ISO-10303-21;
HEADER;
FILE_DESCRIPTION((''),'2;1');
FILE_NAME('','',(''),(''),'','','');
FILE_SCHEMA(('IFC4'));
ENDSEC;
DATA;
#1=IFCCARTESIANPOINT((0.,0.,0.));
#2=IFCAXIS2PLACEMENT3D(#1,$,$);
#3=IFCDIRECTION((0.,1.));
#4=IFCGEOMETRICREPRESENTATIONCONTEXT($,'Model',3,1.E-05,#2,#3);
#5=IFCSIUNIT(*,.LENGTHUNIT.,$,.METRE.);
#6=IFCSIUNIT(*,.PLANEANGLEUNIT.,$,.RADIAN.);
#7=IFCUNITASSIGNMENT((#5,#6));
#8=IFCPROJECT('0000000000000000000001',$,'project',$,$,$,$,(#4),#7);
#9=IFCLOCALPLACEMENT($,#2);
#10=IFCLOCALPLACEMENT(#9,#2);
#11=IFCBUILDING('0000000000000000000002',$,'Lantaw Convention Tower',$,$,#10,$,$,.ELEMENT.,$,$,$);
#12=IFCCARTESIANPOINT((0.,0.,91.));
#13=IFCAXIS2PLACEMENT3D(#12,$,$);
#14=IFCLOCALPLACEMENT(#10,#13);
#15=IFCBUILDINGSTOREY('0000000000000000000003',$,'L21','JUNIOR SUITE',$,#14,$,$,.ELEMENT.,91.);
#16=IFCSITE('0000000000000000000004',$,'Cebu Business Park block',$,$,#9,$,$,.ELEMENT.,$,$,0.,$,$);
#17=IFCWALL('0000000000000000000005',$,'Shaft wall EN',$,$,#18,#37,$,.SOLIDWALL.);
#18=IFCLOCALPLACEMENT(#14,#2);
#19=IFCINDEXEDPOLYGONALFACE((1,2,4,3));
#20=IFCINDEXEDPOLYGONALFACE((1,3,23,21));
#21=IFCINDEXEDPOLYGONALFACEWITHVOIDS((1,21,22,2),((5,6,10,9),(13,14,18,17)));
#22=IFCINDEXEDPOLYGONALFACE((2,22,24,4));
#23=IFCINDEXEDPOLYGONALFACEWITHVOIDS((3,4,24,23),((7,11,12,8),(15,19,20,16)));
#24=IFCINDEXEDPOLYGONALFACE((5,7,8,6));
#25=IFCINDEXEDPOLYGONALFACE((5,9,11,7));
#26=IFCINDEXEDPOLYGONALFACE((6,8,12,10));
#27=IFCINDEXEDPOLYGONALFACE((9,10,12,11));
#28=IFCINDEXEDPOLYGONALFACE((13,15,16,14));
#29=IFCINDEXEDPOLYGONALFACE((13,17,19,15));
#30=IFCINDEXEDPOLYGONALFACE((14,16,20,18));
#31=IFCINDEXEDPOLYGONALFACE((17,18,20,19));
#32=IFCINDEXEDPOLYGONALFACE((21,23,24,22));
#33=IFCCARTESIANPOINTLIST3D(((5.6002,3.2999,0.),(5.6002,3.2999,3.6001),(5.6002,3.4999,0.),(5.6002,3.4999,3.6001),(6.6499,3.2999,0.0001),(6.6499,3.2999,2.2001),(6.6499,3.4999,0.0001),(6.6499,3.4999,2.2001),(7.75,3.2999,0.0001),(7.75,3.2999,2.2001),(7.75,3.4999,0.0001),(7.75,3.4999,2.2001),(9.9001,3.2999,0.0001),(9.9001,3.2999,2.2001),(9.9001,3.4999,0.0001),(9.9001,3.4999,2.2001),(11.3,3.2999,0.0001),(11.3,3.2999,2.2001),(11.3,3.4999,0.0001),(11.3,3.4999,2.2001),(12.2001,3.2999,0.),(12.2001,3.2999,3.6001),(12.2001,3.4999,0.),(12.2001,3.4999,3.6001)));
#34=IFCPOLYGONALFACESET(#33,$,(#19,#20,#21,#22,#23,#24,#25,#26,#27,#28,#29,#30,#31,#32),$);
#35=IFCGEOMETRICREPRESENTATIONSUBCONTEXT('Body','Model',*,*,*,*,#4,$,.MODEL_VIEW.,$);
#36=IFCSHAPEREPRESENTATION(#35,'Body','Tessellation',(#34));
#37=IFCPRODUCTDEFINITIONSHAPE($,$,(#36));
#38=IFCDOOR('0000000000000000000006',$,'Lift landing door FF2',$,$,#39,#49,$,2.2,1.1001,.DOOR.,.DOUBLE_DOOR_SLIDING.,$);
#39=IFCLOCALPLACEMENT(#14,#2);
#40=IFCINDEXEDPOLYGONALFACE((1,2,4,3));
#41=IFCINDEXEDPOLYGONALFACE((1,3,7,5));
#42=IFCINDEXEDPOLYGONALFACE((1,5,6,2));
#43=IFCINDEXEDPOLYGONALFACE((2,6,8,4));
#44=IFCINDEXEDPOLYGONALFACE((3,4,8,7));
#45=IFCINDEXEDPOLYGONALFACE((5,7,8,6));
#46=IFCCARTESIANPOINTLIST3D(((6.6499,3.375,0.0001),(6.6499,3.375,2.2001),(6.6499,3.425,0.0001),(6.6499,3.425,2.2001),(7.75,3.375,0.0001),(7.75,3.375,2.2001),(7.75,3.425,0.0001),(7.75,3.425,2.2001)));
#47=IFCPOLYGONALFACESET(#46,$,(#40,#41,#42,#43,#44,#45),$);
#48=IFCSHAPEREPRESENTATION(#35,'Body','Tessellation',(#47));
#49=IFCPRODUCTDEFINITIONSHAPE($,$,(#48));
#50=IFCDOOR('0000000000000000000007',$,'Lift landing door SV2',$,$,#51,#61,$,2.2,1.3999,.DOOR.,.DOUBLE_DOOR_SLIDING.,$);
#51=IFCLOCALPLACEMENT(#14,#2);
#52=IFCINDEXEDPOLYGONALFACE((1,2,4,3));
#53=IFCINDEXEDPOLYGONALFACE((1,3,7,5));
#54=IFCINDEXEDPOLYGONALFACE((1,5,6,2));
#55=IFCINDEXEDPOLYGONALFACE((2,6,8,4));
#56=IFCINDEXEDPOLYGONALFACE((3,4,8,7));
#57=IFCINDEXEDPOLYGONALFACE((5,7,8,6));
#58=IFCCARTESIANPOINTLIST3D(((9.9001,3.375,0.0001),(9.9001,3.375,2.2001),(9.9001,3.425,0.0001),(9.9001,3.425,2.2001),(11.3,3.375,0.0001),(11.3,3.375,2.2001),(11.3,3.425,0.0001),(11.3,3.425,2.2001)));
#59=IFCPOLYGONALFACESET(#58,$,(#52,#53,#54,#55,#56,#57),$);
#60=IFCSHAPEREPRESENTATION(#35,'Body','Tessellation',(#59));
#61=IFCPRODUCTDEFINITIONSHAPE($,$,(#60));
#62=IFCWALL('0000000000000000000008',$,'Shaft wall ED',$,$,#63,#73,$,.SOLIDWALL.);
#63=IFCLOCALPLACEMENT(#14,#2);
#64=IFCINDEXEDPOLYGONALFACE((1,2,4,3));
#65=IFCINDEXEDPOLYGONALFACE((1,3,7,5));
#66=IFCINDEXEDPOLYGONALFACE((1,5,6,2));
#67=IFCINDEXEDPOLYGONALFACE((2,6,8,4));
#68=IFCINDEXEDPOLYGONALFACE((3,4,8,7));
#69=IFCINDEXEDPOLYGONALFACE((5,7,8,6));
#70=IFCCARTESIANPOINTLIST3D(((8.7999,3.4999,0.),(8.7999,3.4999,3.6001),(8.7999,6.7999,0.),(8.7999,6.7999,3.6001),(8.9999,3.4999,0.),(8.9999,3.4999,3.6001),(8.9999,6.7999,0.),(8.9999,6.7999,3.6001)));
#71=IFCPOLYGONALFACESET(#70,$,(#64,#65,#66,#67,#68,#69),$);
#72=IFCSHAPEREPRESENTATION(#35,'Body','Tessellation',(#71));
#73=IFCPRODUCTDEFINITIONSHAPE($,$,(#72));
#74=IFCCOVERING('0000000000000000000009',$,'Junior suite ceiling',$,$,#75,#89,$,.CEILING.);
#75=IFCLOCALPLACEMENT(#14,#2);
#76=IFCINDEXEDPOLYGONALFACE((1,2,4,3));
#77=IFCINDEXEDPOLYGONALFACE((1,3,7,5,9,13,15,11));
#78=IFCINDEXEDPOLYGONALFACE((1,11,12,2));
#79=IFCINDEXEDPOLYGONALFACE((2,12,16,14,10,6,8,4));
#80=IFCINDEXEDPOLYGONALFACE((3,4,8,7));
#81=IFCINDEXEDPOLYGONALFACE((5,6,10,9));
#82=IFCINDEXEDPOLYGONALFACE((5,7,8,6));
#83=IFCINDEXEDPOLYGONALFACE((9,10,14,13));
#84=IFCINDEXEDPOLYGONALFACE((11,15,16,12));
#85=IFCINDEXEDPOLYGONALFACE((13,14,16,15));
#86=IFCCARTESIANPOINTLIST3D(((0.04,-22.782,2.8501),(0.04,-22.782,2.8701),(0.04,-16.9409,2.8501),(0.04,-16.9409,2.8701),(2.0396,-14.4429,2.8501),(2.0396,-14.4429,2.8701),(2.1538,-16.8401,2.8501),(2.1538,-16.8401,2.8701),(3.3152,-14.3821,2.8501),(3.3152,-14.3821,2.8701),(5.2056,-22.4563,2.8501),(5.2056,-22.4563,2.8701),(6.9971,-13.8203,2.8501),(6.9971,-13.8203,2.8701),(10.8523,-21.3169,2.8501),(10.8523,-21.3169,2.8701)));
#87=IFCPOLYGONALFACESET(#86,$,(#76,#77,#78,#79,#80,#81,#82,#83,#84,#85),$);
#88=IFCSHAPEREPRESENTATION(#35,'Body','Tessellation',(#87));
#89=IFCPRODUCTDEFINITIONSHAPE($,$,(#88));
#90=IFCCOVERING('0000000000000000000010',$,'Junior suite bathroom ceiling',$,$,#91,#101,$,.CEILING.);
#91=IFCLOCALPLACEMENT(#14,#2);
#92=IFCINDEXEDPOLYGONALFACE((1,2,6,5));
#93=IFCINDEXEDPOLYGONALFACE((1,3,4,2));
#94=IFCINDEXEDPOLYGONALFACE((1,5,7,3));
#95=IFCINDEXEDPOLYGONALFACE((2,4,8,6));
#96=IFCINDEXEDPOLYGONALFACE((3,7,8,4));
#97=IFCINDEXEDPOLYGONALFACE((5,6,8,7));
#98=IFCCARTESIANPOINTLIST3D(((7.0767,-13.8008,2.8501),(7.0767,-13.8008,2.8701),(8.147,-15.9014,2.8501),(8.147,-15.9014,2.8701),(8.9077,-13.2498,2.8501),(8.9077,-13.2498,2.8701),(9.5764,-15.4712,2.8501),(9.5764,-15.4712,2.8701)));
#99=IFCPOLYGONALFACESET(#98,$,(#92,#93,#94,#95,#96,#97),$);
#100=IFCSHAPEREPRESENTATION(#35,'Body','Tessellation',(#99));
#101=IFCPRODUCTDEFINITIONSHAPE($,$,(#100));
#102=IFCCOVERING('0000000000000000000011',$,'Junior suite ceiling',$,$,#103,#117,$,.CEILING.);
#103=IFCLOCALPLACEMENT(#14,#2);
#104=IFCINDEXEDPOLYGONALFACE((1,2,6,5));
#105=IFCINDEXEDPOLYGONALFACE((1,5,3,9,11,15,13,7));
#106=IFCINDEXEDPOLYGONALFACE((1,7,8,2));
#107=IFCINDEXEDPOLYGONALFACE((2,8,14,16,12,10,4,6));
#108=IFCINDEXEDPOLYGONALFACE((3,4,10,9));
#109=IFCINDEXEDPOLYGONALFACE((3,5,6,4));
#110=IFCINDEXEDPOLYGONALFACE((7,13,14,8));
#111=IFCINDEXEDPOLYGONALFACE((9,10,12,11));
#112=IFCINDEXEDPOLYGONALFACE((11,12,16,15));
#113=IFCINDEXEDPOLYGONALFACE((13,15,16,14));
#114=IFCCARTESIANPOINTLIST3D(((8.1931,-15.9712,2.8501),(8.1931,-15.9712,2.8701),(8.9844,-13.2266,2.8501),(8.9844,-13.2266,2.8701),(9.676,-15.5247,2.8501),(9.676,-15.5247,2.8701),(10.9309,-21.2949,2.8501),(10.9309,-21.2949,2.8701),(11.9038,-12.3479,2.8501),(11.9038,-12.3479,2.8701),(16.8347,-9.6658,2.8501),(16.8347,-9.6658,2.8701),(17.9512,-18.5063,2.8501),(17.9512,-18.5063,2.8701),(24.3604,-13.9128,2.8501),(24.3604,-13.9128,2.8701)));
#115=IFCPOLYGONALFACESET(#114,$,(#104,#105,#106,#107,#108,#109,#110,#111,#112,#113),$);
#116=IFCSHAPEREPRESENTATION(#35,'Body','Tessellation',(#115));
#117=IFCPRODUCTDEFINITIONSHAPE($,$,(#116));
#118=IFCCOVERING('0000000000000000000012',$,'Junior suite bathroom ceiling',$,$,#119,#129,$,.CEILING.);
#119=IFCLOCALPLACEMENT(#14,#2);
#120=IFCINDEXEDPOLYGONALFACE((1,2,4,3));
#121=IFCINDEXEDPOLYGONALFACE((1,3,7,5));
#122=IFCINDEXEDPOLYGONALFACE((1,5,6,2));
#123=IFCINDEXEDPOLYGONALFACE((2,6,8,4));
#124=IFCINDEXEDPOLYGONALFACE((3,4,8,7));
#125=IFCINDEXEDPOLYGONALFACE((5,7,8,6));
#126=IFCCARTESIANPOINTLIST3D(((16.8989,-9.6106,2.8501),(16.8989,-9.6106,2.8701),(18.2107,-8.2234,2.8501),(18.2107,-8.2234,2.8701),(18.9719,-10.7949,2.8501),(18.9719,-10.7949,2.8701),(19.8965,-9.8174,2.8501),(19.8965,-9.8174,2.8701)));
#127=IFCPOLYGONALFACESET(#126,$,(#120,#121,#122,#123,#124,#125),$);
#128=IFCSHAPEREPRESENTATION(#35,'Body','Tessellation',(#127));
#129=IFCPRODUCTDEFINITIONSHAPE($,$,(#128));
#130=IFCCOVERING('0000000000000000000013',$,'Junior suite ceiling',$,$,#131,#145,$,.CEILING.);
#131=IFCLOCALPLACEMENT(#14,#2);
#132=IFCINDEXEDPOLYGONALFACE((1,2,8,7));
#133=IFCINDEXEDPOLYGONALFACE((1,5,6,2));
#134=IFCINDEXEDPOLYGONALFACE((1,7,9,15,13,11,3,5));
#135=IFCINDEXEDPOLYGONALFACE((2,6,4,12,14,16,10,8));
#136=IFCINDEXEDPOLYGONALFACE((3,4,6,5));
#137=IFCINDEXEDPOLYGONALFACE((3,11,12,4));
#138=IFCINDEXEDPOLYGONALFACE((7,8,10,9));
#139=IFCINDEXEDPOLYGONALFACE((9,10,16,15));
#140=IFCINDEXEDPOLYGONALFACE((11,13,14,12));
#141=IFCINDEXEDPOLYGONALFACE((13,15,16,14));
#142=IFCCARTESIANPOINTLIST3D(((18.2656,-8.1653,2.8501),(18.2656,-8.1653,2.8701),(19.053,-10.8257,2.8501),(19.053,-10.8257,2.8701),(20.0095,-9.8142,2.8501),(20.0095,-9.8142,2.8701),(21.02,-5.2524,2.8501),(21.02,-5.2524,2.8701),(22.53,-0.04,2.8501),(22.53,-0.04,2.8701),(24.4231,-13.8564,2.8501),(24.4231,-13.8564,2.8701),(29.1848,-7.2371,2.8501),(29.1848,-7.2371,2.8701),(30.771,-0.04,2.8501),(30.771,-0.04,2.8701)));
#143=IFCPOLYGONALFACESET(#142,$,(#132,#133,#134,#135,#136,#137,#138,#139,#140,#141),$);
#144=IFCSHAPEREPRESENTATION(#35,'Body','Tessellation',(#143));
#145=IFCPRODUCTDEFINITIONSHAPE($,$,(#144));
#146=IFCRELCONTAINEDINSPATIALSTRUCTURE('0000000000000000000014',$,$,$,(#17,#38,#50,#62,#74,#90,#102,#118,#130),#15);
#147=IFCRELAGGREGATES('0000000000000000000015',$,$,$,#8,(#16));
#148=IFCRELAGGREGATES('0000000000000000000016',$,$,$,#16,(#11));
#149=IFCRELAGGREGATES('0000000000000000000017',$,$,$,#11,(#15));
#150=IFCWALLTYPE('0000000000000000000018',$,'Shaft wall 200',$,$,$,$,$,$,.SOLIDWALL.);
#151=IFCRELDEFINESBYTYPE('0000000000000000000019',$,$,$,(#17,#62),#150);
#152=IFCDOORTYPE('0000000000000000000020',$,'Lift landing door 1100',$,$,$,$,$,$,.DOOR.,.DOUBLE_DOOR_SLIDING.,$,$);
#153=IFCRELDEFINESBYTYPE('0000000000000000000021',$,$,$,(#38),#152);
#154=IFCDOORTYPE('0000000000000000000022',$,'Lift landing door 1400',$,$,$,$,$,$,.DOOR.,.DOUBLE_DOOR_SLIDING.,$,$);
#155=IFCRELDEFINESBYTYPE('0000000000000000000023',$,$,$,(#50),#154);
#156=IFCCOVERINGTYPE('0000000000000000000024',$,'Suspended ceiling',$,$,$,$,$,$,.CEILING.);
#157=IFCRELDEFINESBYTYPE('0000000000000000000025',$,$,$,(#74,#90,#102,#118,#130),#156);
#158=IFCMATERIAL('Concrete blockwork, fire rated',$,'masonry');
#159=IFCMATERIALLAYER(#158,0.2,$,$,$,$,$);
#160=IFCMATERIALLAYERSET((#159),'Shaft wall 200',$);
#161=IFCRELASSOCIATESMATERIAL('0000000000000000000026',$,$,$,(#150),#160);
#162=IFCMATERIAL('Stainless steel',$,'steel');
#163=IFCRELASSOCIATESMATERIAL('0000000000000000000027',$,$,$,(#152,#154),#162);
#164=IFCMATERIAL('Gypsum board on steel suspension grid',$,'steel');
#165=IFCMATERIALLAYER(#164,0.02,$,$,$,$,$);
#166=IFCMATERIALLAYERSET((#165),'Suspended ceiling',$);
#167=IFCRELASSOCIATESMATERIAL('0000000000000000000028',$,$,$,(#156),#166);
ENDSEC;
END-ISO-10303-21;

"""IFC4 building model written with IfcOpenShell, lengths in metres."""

from ifc_helpers import new_model, si_unit, direction, frame, frame_2d, origin, place, context, subcontext, project, spatial, polyline, rectangle, outline, extrude, material, layer, layer_set, type_object, element, fill, save


model = new_model("IFC4")

# Units and contexts
model_context = context("Model", 3, precision=1e-05, world=origin(), true_north=direction((0.0, 1.0)))
body_context = subcontext(model_context, "Body", "Model", "MODEL_VIEW")
ifc_project = project(units=[si_unit("LENGTHUNIT", "METRE"), si_unit("PLANEANGLEUNIT", "RADIAN")], contexts=[model_context])

# Site, building, storey
site_placement = place(None, origin())
site = spatial("IfcSite", under=ifc_project, at=site_placement, Name="Cebu Business Park block", CompositionType="ELEMENT", RefElevation=0.0)
building_placement = place(site_placement, origin())
building = spatial("IfcBuilding", under=site, at=building_placement, Name="Lantaw Convention Tower", CompositionType="ELEMENT")
storey_placement = place(building_placement, frame((0.0, 0.0, 91.0)))
storey = spatial("IfcBuildingStorey", under=building, at=storey_placement, Name="L21", Description="JUNIOR SUITE", CompositionType="ELEMENT", Elevation=91.0)

# Shared definitions
ifc_material_1 = material(Name="Concrete blockwork, fire rated", Category="masonry")
ifc_layer_1 = layer(ifc_material_1, 0.2)
ifc_layer_set_1 = layer_set([ifc_layer_1], Name="Shaft wall 200")
wall_type_1 = type_object("IfcWallType", Name="Shaft wall 200", PredefinedType="SOLIDWALL", material=ifc_layer_set_1)

# Wall, openings, doors
wall_1_placement = place(storey_placement, frame((12.2, 3.3999, 0.0), z_axis=(0.0, 0.0, 1.0), x_axis=(-1.0, 0.0, 0.0)))
wall_1 = element("IfcWall", 1, at=wall_1_placement, inside=storey, type_object=wall_type_1, Name="Shaft wall EN", PredefinedType="SOLIDWALL", context=body_context, shape_type="SweptSolid", body=[
    extrude(rectangle(XDim=6.5999, YDim=0.2, at=frame_2d((3.2998, 0.0))), origin(), (0.0, 0.0, 1.0), 3.6001),
])
opening_1_placement = place(wall_1_placement, frame((4.45, 0.0, 0.0)))
opening_1 = element("IfcOpeningElement", 2, at=opening_1_placement, cuts=wall_1, PredefinedType="OPENING", context=body_context, shape_type="SweptSolid", body=[
    extrude(rectangle(XDim=1.1001, YDim=2.2, at=frame_2d((0.55, 1.1001))), frame((0.0, 0.1099, 0.0), z_axis=(0.0, -1.0, 0.0), x_axis=(1.0, 0.0, 0.0)), (0.0, 0.0, 1.0), 0.22),
])
opening_2_placement = place(wall_1_placement, frame((0.8999, 0.0, 0.0)))
opening_2 = element("IfcOpeningElement", 3, at=opening_2_placement, cuts=wall_1, PredefinedType="OPENING", context=body_context, shape_type="SweptSolid", body=[
    extrude(rectangle(XDim=1.3999, YDim=2.2, at=frame_2d((0.7, 1.1001))), frame((0.0, 0.1099, 0.0), z_axis=(0.0, -1.0, 0.0), x_axis=(1.0, 0.0, 0.0)), (0.0, 0.0, 1.0), 0.22),
])
ifc_material_2 = material(Name="Stainless steel", Category="steel")
door_type_1 = type_object("IfcDoorType", Name="Lift landing door 1100", OperationType="DOUBLE_DOOR_SLIDING", PredefinedType="DOOR", material=ifc_material_2)
door_1_placement = place(opening_1_placement, origin())
door_1 = element("IfcDoor", 4, at=door_1_placement, inside=storey, type_object=door_type_1, Name="Lift landing door FF2", OperationType="DOUBLE_DOOR_SLIDING", OverallHeight=2.2, OverallWidth=1.1001, PredefinedType="DOOR", context=body_context, shape_type="SweptSolid", body=[
    extrude(rectangle(XDim=1.1001, YDim=2.2, at=frame_2d((0.55, 1.1001))), frame((0.0, 0.0249, 0.0), z_axis=(0.0, -1.0, 0.0), x_axis=(1.0, 0.0, 0.0)), (0.0, 0.0, 1.0), 0.05),
])
fill(opening_1, door_1)
door_type_2 = type_object("IfcDoorType", Name="Lift landing door 1400", OperationType="DOUBLE_DOOR_SLIDING", PredefinedType="DOOR", material=ifc_material_2)
door_2_placement = place(opening_2_placement, origin())
door_2 = element("IfcDoor", 5, at=door_2_placement, inside=storey, type_object=door_type_2, Name="Lift landing door SV2", OperationType="DOUBLE_DOOR_SLIDING", OverallHeight=2.2, OverallWidth=1.3999, PredefinedType="DOOR", context=body_context, shape_type="SweptSolid", body=[
    extrude(rectangle(XDim=1.3999, YDim=2.2, at=frame_2d((0.7, 1.1001))), frame((0.0, 0.0249, 0.0), z_axis=(0.0, -1.0, 0.0), x_axis=(1.0, 0.0, 0.0)), (0.0, 0.0, 1.0), 0.05),
])
fill(opening_2, door_2)

# Wall
wall_2_placement = place(storey_placement, frame((8.8999, 3.5, 0.0), z_axis=(0.0, 0.0, 1.0), x_axis=(0.0, 1.0, 0.0)))
element("IfcWall", 6, at=wall_2_placement, inside=storey, type_object=wall_type_1, Name="Shaft wall ED", PredefinedType="SOLIDWALL", context=body_context, shape_type="SweptSolid", body=[
    extrude(rectangle(XDim=3.3, YDim=0.2, at=frame_2d((1.6499, 0.0))), origin(), (0.0, 0.0, 1.0), 3.6001),
])

# Coverings
ifc_material_3 = material(Name="Gypsum board on steel suspension grid", Category="steel")
ifc_layer_2 = layer(ifc_material_3, 0.02)
ifc_layer_set_2 = layer_set([ifc_layer_2], Name="Suspended ceiling")
covering_type = type_object("IfcCoveringType", Name="Suspended ceiling", PredefinedType="CEILING", material=ifc_layer_set_2)
covering_1_placement = place(storey_placement, frame((0.0, 0.0, 2.8501)))
element("IfcCovering", 7, at=covering_1_placement, inside=storey, type_object=covering_type, Name="Junior suite ceiling", PredefinedType="CEILING", context=body_context, shape_type="SweptSolid", body=[
    extrude(outline(polyline([(2.0396, -14.4429), (2.1538, -16.8401), (0.04, -16.9409), (0.04, -22.782), (5.2056, -22.4563), (10.8523, -21.3169), (6.9971, -13.8203), (3.3152, -14.3821), (2.0396, -14.4429)])), origin(), (0.0, 0.0, 1.0), 0.02),
])
covering_2_placement = place(storey_placement, frame((0.0, 0.0, 2.8501)))
element("IfcCovering", 8, at=covering_2_placement, inside=storey, type_object=covering_type, Name="Junior suite bathroom ceiling", PredefinedType="CEILING", context=body_context, shape_type="SweptSolid", body=[
    extrude(outline(polyline([(7.0767, -13.8008), (8.147, -15.9014), (9.5764, -15.4712), (8.9077, -13.2498), (7.0767, -13.8008)])), origin(), (0.0, 0.0, 1.0), 0.02),
])
covering_3_placement = place(storey_placement, frame((0.0, 0.0, 2.8501)))
element("IfcCovering", 9, at=covering_3_placement, inside=storey, type_object=covering_type, Name="Junior suite ceiling", PredefinedType="CEILING", context=body_context, shape_type="SweptSolid", body=[
    extrude(outline(polyline([(8.9844, -13.2266), (9.676, -15.5247), (8.1931, -15.9712), (10.9309, -21.2949), (17.9512, -18.5063), (24.3604, -13.9128), (16.8347, -9.6658), (11.9038, -12.3479), (8.9844, -13.2266)])), origin(), (0.0, 0.0, 1.0), 0.02),
])
covering_4_placement = place(storey_placement, frame((0.0, 0.0, 2.8501)))
element("IfcCovering", 10, at=covering_4_placement, inside=storey, type_object=covering_type, Name="Junior suite bathroom ceiling", PredefinedType="CEILING", context=body_context, shape_type="SweptSolid", body=[
    extrude(outline(polyline([(16.8989, -9.6106), (18.9719, -10.7949), (19.8965, -9.8174), (18.2107, -8.2234), (16.8989, -9.6106)])), origin(), (0.0, 0.0, 1.0), 0.02),
])
covering_5_placement = place(storey_placement, frame((0.0, 0.0, 2.8501)))
element("IfcCovering", 11, at=covering_5_placement, inside=storey, type_object=covering_type, Name="Junior suite ceiling", PredefinedType="CEILING", context=body_context, shape_type="SweptSolid", body=[
    extrude(outline(polyline([(21.02, -5.2524), (18.2656, -8.1653), (20.0095, -9.8142), (19.053, -10.8257), (24.4231, -13.8564), (29.1848, -7.2371), (30.771, -0.04), (22.53, -0.04), (21.02, -5.2524)])), origin(), (0.0, 0.0, 1.0), 0.02),
])

save(model, "model.ifc")
